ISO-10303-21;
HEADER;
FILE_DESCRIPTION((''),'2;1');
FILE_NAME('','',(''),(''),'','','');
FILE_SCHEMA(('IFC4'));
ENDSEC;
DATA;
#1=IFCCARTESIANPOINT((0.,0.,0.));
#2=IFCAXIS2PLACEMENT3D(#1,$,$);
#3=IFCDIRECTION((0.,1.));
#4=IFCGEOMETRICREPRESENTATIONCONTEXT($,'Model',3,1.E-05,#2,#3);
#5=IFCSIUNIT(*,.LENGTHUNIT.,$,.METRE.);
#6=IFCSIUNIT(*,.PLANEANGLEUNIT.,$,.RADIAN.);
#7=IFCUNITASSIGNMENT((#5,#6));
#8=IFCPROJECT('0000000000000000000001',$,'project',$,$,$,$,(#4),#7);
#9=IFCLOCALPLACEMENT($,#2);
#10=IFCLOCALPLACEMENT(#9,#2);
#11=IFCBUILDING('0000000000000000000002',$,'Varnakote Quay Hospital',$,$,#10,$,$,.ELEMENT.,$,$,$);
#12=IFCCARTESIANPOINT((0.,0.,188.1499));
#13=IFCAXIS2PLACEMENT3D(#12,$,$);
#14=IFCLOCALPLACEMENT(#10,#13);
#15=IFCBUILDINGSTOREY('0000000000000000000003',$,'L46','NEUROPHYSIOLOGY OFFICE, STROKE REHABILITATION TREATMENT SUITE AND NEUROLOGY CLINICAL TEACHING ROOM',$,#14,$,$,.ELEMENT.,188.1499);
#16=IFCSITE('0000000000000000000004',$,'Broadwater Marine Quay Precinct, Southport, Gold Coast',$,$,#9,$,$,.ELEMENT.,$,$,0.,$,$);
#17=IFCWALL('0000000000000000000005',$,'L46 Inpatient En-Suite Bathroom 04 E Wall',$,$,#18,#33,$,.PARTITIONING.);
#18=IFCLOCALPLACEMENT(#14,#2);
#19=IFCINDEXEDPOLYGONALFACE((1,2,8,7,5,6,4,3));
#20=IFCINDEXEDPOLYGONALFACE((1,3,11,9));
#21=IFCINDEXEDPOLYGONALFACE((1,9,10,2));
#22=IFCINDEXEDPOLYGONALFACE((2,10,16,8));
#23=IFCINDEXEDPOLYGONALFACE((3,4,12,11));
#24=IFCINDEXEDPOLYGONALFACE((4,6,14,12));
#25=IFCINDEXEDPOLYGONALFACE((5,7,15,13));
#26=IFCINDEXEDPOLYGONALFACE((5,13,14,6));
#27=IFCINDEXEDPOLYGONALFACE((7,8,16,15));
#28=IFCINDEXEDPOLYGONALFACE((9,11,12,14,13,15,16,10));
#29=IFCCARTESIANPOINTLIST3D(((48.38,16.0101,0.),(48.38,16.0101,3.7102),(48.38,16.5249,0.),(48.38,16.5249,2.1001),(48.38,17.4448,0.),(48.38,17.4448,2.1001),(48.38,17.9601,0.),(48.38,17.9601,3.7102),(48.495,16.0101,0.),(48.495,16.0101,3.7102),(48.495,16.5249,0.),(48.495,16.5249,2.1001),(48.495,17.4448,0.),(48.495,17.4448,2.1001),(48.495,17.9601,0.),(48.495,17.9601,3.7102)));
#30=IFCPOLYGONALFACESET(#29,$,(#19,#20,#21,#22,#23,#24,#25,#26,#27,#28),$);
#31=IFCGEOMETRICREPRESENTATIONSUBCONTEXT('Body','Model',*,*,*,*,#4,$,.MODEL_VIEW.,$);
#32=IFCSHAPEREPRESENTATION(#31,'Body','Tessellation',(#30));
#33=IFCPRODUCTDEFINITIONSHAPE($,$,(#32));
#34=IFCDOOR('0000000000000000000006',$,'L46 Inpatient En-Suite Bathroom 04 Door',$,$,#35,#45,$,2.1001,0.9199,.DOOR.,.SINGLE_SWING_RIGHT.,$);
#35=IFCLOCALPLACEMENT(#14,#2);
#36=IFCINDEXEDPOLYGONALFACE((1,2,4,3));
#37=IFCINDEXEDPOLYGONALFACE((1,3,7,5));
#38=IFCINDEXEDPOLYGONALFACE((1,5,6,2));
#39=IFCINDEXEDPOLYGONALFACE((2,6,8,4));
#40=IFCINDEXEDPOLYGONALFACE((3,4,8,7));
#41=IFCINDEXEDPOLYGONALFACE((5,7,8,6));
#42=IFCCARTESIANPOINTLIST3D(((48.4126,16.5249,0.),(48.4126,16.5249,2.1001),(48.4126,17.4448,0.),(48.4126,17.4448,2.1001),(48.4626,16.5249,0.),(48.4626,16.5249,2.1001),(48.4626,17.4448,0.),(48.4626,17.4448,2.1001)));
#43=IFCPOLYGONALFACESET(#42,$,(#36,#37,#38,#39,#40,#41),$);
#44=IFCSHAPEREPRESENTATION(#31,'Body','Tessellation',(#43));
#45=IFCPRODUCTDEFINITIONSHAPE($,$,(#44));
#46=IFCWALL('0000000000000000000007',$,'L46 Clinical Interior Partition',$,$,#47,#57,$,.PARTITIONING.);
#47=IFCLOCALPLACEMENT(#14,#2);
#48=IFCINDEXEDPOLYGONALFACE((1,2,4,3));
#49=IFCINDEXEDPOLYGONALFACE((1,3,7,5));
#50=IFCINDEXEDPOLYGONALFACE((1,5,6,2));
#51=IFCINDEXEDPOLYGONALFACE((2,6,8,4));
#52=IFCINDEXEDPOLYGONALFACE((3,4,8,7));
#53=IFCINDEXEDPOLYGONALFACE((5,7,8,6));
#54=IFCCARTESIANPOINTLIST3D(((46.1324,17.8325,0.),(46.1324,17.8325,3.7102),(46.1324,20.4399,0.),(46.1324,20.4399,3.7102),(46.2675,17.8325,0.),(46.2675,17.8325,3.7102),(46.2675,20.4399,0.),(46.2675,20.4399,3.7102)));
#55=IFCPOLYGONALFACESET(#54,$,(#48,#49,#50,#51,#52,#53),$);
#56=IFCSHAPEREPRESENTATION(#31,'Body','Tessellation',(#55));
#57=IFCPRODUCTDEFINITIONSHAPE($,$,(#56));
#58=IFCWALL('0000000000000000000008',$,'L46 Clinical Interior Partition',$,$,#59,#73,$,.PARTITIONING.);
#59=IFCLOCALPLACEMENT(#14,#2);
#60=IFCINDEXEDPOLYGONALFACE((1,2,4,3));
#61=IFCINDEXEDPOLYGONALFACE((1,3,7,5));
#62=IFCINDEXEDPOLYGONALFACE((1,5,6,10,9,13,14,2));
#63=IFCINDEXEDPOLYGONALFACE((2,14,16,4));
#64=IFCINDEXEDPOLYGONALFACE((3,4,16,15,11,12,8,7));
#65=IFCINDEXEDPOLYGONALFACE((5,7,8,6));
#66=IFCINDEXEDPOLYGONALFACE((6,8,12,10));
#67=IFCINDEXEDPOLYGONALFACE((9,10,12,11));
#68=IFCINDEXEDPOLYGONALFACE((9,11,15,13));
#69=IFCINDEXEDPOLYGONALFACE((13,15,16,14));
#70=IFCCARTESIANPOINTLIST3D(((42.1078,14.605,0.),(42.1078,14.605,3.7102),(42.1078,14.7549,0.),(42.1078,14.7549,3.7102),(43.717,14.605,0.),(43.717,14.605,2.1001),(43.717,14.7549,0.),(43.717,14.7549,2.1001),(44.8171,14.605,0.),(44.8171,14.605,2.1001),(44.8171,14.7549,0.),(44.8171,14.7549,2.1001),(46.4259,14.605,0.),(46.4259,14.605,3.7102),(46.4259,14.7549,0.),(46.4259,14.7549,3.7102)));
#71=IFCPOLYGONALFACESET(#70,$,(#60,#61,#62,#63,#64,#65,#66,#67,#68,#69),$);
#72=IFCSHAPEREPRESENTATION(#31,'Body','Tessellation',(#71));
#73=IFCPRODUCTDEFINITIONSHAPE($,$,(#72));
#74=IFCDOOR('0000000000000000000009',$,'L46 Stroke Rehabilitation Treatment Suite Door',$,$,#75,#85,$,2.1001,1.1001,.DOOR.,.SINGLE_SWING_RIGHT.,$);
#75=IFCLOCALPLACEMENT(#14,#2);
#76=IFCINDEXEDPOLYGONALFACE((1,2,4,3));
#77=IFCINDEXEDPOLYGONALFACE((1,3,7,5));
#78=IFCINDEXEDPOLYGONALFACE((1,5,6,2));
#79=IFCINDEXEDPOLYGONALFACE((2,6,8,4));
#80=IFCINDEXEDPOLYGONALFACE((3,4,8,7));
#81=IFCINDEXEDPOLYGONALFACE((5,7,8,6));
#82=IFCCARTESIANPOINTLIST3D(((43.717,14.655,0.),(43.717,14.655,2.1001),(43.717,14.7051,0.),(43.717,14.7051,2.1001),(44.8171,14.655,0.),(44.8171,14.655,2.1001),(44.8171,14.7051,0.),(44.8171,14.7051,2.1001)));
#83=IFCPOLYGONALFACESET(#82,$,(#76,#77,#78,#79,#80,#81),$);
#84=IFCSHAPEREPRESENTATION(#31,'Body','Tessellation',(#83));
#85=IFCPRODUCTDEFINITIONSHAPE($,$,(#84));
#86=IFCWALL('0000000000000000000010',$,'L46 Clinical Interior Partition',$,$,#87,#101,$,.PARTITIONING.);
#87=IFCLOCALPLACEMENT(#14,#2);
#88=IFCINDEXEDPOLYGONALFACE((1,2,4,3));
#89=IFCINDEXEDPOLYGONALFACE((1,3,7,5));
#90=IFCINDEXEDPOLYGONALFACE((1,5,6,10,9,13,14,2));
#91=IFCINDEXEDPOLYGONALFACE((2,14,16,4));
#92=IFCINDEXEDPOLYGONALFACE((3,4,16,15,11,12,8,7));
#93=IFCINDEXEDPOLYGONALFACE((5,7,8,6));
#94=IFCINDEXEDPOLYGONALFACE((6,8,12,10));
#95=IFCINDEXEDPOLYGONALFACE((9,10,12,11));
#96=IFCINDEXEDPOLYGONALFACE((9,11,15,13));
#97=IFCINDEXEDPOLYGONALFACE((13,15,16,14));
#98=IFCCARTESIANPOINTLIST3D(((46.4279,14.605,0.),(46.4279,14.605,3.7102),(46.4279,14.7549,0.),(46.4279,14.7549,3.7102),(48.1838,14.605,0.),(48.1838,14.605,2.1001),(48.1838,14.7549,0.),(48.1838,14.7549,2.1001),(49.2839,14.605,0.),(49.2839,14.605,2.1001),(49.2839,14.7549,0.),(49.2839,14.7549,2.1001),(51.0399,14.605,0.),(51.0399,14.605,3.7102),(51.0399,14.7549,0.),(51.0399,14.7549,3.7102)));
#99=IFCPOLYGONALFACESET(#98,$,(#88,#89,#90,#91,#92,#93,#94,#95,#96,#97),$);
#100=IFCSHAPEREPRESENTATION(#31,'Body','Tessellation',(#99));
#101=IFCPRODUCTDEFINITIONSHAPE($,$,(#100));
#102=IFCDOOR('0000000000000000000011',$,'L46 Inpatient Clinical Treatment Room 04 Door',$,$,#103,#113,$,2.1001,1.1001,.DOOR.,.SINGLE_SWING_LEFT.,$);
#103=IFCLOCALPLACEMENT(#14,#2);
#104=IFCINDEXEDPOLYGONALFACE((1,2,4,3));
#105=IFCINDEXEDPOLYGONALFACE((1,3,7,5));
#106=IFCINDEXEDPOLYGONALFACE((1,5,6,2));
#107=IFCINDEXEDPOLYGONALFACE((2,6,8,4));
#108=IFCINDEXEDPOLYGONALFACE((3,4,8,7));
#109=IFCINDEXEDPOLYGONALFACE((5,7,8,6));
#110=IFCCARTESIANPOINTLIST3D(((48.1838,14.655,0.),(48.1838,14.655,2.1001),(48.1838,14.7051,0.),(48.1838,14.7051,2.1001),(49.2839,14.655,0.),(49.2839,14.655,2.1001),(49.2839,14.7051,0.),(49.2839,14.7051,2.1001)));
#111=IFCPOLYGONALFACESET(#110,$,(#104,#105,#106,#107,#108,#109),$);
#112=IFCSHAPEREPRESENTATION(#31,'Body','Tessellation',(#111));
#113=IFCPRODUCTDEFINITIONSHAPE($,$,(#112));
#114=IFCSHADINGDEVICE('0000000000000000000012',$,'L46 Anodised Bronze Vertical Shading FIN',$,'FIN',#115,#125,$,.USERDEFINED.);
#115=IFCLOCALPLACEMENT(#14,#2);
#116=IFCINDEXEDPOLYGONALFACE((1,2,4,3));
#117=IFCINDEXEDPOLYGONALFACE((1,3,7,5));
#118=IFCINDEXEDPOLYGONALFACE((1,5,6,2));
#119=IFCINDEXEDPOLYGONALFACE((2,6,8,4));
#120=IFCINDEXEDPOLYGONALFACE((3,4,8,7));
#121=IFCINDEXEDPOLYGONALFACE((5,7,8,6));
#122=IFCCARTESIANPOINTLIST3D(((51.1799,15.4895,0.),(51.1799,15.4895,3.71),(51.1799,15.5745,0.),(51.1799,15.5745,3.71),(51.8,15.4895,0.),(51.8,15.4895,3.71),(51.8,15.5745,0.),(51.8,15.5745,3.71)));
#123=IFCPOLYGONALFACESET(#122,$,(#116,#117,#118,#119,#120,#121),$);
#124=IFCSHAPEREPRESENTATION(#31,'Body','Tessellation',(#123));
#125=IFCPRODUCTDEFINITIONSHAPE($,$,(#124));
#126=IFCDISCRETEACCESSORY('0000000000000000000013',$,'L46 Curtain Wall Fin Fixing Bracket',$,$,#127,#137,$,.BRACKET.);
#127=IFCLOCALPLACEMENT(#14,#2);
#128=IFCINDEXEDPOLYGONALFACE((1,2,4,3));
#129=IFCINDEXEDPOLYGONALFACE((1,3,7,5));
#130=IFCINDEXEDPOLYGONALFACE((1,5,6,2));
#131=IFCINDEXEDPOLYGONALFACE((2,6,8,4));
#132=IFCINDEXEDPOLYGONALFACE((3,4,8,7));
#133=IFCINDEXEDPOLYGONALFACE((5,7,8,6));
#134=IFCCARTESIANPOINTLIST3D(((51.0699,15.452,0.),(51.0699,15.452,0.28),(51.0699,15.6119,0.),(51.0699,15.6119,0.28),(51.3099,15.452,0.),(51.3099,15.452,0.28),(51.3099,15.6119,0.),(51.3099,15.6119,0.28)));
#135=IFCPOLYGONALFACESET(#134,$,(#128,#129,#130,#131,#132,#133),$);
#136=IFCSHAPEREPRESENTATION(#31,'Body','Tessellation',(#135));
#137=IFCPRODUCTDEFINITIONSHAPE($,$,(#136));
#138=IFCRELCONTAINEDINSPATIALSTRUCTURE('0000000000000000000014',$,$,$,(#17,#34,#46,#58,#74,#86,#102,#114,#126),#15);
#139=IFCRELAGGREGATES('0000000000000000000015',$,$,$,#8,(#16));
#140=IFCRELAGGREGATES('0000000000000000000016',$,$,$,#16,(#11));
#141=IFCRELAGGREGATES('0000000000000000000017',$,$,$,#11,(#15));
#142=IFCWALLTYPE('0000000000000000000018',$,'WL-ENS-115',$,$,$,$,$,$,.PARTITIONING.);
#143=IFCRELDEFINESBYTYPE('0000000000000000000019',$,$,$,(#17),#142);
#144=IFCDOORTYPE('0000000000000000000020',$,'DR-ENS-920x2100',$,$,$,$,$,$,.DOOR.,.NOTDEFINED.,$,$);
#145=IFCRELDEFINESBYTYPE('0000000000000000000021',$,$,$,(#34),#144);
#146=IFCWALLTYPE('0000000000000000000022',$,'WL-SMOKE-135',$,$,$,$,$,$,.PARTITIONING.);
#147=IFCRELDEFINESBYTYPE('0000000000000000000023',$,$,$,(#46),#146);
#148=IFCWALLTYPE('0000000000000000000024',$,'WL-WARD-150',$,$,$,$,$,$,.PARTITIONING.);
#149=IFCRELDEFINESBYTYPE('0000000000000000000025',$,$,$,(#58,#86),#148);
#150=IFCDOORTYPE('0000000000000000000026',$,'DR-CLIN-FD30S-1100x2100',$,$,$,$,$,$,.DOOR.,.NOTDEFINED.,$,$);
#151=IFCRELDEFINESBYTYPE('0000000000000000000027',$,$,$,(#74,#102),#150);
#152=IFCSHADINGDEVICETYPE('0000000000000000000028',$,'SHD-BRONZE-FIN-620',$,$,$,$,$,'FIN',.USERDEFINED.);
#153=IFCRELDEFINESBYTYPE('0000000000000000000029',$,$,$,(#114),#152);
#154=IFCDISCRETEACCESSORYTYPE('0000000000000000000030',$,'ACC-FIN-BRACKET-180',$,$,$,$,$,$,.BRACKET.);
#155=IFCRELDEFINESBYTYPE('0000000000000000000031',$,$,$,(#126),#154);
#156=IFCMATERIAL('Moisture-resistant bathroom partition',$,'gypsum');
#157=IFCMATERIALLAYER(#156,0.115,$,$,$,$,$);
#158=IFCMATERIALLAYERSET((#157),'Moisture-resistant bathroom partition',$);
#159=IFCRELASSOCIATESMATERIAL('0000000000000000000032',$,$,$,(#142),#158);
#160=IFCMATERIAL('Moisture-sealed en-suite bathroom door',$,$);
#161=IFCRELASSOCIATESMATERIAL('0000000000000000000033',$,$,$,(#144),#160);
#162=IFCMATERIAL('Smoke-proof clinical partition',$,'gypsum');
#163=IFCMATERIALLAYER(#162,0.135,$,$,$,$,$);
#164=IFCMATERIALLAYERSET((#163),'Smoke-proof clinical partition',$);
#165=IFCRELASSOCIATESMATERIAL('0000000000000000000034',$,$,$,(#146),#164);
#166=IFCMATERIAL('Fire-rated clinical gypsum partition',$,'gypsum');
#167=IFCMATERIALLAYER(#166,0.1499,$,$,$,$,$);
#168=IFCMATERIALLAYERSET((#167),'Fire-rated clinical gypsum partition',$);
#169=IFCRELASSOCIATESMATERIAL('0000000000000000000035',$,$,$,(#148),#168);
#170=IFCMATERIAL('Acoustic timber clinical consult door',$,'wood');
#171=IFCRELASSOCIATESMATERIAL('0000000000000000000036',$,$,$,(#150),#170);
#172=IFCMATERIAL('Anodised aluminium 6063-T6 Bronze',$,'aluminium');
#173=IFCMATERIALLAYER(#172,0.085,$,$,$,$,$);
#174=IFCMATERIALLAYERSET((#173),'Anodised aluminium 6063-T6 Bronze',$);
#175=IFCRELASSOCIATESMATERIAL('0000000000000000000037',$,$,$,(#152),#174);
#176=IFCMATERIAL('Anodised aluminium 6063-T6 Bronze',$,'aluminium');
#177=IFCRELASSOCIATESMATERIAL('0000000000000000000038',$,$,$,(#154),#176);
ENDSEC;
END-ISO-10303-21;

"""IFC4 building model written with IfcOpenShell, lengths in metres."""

from ifc_helpers import new_model, si_unit, direction, frame, frame_2d, origin, origin_2d, place, context, subcontext, project, spatial, rectangle, extrude, material, layer, layer_set, type_object, element, fill, save


model = new_model("IFC4")

# Units and contexts
model_context = context("Model", 3, precision=1e-05, world=origin(), true_north=direction((0.0, 1.0)))
body_context = subcontext(model_context, "Body", "Model", "MODEL_VIEW")
ifc_project = project(units=[si_unit("LENGTHUNIT", "METRE"), si_unit("PLANEANGLEUNIT", "RADIAN")], contexts=[model_context])

# Site, building, storey
site_placement = place(None, origin())
site = spatial("IfcSite", under=ifc_project, at=site_placement, Name="Broadwater Marine Quay Precinct, Southport, Gold Coast", CompositionType="ELEMENT", RefElevation=0.0)
building_placement = place(site_placement, origin())
building = spatial("IfcBuilding", under=site, at=building_placement, Name="Varnakote Quay Hospital", CompositionType="ELEMENT")
storey_placement = place(building_placement, frame((0.0, 0.0, 188.1499)))
storey = spatial("IfcBuildingStorey", under=building, at=storey_placement, Name="L46", Description="NEUROPHYSIOLOGY OFFICE, STROKE REHABILITATION TREATMENT SUITE AND NEUROLOGY CLINICAL TEACHING ROOM", CompositionType="ELEMENT", Elevation=188.1499)

# Shared definitions
ifc_material_1 = material(Name="Moisture-resistant bathroom partition", Category="gypsum")
ifc_layer_1 = layer(ifc_material_1, 0.115)
ifc_layer_set_1 = layer_set([ifc_layer_1], Name="Moisture-resistant bathroom partition")
wall_type_1 = type_object("IfcWallType", Name="WL-ENS-115", PredefinedType="PARTITIONING", material=ifc_layer_set_1)

# Wall, opening, door
wall_1_placement = place(storey_placement, frame((48.4375, 16.01, 0.0), z_axis=(0.0, 0.0, 1.0), x_axis=(0.0, 1.0, 0.0)))
wall_1 = element("IfcWall", 1, at=wall_1_placement, inside=storey, type_object=wall_type_1, Name="L46 Inpatient En-Suite Bathroom 04 E Wall", PredefinedType="PARTITIONING", context=body_context, shape_type="SweptSolid", body=[
    extrude(rectangle(XDim=1.95, YDim=0.115, at=frame_2d((0.9751, 0.0))), origin(), (0.0, 0.0, 1.0), 3.7102),
])
opening_1_placement = place(wall_1_placement, frame((0.5149, 0.0, 0.0)))
opening_1 = element("IfcOpeningElement", 2, at=opening_1_placement, cuts=wall_1, PredefinedType="OPENING", context=body_context, shape_type="SweptSolid", body=[
    extrude(rectangle(XDim=0.9199, YDim=2.1001, at=frame_2d((0.46, 1.05))), frame((0.0, 0.0674, 0.0), z_axis=(0.0, -1.0, 0.0), x_axis=(1.0, 0.0, 0.0)), (0.0, 0.0, 1.0), 0.135),
])
ifc_material_2 = material(Name="Moisture-sealed en-suite bathroom door")
door_type_1 = type_object("IfcDoorType", Name="DR-ENS-920x2100", OperationType="NOTDEFINED", PredefinedType="DOOR", material=ifc_material_2)
door_1_placement = place(opening_1_placement, origin())
door_1 = element("IfcDoor", 3, at=door_1_placement, inside=storey, type_object=door_type_1, Name="L46 Inpatient En-Suite Bathroom 04 Door", OperationType="SINGLE_SWING_RIGHT", OverallHeight=2.1001, OverallWidth=0.9199, PredefinedType="DOOR", context=body_context, shape_type="SweptSolid", body=[
    extrude(rectangle(XDim=0.9199, YDim=2.1001, at=frame_2d((0.46, 1.05))), frame((0.0, 0.0249, 0.0), z_axis=(0.0, -1.0, 0.0), x_axis=(1.0, 0.0, 0.0)), (0.0, 0.0, 1.0), 0.05),
])
fill(opening_1, door_1)

# Wall
ifc_material_3 = material(Name="Smoke-proof clinical partition", Category="gypsum")
ifc_layer_2 = layer(ifc_material_3, 0.135)
ifc_layer_set_2 = layer_set([ifc_layer_2], Name="Smoke-proof clinical partition")
wall_type_2 = type_object("IfcWallType", Name="WL-SMOKE-135", PredefinedType="PARTITIONING", material=ifc_layer_set_2)
wall_2_placement = place(storey_placement, frame((46.2, 17.8325, 0.0), z_axis=(0.0, 0.0, 1.0), x_axis=(0.0, 1.0, 0.0)))
element("IfcWall", 4, at=wall_2_placement, inside=storey, type_object=wall_type_2, Name="L46 Clinical Interior Partition", PredefinedType="PARTITIONING", context=body_context, shape_type="SweptSolid", body=[
    extrude(rectangle(XDim=2.6074, YDim=0.135, at=frame_2d((1.3037, 0.0))), origin(), (0.0, 0.0, 1.0), 3.7102),
])

# Walls, openings, doors
ifc_material_4 = material(Name="Fire-rated clinical gypsum partition", Category="gypsum")
ifc_layer_3 = layer(ifc_material_4, 0.1499)
ifc_layer_set_3 = layer_set([ifc_layer_3], Name="Fire-rated clinical gypsum partition")
wall_type_3 = type_object("IfcWallType", Name="WL-WARD-150", PredefinedType="PARTITIONING", material=ifc_layer_set_3)
wall_3_placement = place(storey_placement, frame((46.426, 14.6799, 0.0), z_axis=(0.0, 0.0, 1.0), x_axis=(-1.0, 0.0, 0.0)))
wall_3 = element("IfcWall", 5, at=wall_3_placement, inside=storey, type_object=wall_type_3, Name="L46 Clinical Interior Partition", PredefinedType="PARTITIONING", context=body_context, shape_type="SweptSolid", body=[
    extrude(rectangle(XDim=4.3181, YDim=0.1499, at=frame_2d((2.1592, 0.0))), origin(), (0.0, 0.0, 1.0), 3.7102),
])
opening_2_placement = place(wall_3_placement, frame((1.6089, 0.0, 0.0)))
opening_2 = element("IfcOpeningElement", 6, at=opening_2_placement, cuts=wall_3, PredefinedType="OPENING", context=body_context, shape_type="SweptSolid", body=[
    extrude(rectangle(XDim=1.1001, YDim=2.1001, at=frame_2d((0.55, 1.05))), frame((0.0, 0.085, 0.0), z_axis=(0.0, -1.0, 0.0), x_axis=(1.0, 0.0, 0.0)), (0.0, 0.0, 1.0), 0.1699),
])
ifc_material_5 = material(Name="Acoustic timber clinical consult door", Category="wood")
door_type_2 = type_object("IfcDoorType", Name="DR-CLIN-FD30S-1100x2100", OperationType="NOTDEFINED", PredefinedType="DOOR", material=ifc_material_5)
door_2_placement = place(opening_2_placement, origin())
door_2 = element("IfcDoor", 7, at=door_2_placement, inside=storey, type_object=door_type_2, Name="L46 Stroke Rehabilitation Treatment Suite Door", OperationType="SINGLE_SWING_RIGHT", OverallHeight=2.1001, OverallWidth=1.1001, PredefinedType="DOOR", context=body_context, shape_type="SweptSolid", body=[
    extrude(rectangle(XDim=1.1001, YDim=2.1001, at=frame_2d((0.55, 1.05))), frame((0.0, 0.0249, 0.0), z_axis=(0.0, -1.0, 0.0), x_axis=(1.0, 0.0, 0.0)), (0.0, 0.0, 1.0), 0.05),
])
fill(opening_2, door_2)
wall_4_placement = place(storey_placement, frame((51.04, 14.6799, 0.0), z_axis=(0.0, 0.0, 1.0), x_axis=(-1.0, 0.0, 0.0)))
wall_4 = element("IfcWall", 8, at=wall_4_placement, inside=storey, type_object=wall_type_3, Name="L46 Clinical Interior Partition", PredefinedType="PARTITIONING", context=body_context, shape_type="SweptSolid", body=[
    extrude(rectangle(XDim=4.6121, YDim=0.1499, at=frame_2d((2.3062, 0.0))), origin(), (0.0, 0.0, 1.0), 3.7102),
])
opening_3_placement = place(wall_4_placement, frame((1.7561, 0.0, 0.0)))
opening_3 = element("IfcOpeningElement", 9, at=opening_3_placement, cuts=wall_4, PredefinedType="OPENING", context=body_context, shape_type="SweptSolid", body=[
    extrude(rectangle(XDim=1.1001, YDim=2.1001, at=frame_2d((0.55, 1.05))), frame((0.0, 0.085, 0.0), z_axis=(0.0, -1.0, 0.0), x_axis=(1.0, 0.0, 0.0)), (0.0, 0.0, 1.0), 0.1699),
])
door_3_placement = place(opening_3_placement, origin())
door_3 = element("IfcDoor", 10, at=door_3_placement, inside=storey, type_object=door_type_2, Name="L46 Inpatient Clinical Treatment Room 04 Door", OperationType="SINGLE_SWING_LEFT", OverallHeight=2.1001, OverallWidth=1.1001, PredefinedType="DOOR", context=body_context, shape_type="SweptSolid", body=[
    extrude(rectangle(XDim=1.1001, YDim=2.1001, at=frame_2d((0.55, 1.05))), frame((0.0, 0.0249, 0.0), z_axis=(0.0, -1.0, 0.0), x_axis=(1.0, 0.0, 0.0)), (0.0, 0.0, 1.0), 0.05),
])
fill(opening_3, door_3)

# Shading device
ifc_material_6 = material(Name="Anodised aluminium 6063-T6 Bronze", Category="aluminium")
ifc_layer_4 = layer(ifc_material_6, 0.085)
ifc_layer_set_4 = layer_set([ifc_layer_4], Name="Anodised aluminium 6063-T6 Bronze")
shading_device_type = type_object("IfcShadingDeviceType", Name="SHD-BRONZE-FIN-620", ElementType="FIN", PredefinedType="USERDEFINED", material=ifc_layer_set_4)
shading_device_placement = place(storey_placement, frame((51.49, 15.532, 0.0), z_axis=(0.0, 0.0, 1.0), x_axis=(-1.0, 0.0, 0.0)))
element("IfcShadingDevice", 11, at=shading_device_placement, inside=storey, type_object=shading_device_type, Name="L46 Anodised Bronze Vertical Shading FIN", ObjectType="FIN", PredefinedType="USERDEFINED", context=body_context, shape_type="SweptSolid", body=[
    extrude(rectangle(XDim=0.6201, YDim=0.085, at=origin_2d()), origin(), (0.0, 0.0, 1.0), 3.71),
])

# Discrete accessory
ifc_material_7 = material(Name="Anodised aluminium 6063-T6 Bronze", Category="aluminium")
discrete_accessory_type = type_object("IfcDiscreteAccessoryType", Name="ACC-FIN-BRACKET-180", PredefinedType="BRACKET", material=ifc_material_7)
discrete_accessory_placement = place(storey_placement, frame((51.1899, 15.532, 0.0), z_axis=(0.0, 0.0, 1.0), x_axis=(0.0, 1.0, 0.0)))
element("IfcDiscreteAccessory", 12, at=discrete_accessory_placement, inside=storey, type_object=discrete_accessory_type, Name="L46 Curtain Wall Fin Fixing Bracket", PredefinedType="BRACKET", context=body_context, shape_type="SweptSolid", body=[
    extrude(rectangle(XDim=0.1599, YDim=0.24, at=origin_2d()), origin(), (0.0, 0.0, 1.0), 0.28),
])

save(model, "model.ifc")
